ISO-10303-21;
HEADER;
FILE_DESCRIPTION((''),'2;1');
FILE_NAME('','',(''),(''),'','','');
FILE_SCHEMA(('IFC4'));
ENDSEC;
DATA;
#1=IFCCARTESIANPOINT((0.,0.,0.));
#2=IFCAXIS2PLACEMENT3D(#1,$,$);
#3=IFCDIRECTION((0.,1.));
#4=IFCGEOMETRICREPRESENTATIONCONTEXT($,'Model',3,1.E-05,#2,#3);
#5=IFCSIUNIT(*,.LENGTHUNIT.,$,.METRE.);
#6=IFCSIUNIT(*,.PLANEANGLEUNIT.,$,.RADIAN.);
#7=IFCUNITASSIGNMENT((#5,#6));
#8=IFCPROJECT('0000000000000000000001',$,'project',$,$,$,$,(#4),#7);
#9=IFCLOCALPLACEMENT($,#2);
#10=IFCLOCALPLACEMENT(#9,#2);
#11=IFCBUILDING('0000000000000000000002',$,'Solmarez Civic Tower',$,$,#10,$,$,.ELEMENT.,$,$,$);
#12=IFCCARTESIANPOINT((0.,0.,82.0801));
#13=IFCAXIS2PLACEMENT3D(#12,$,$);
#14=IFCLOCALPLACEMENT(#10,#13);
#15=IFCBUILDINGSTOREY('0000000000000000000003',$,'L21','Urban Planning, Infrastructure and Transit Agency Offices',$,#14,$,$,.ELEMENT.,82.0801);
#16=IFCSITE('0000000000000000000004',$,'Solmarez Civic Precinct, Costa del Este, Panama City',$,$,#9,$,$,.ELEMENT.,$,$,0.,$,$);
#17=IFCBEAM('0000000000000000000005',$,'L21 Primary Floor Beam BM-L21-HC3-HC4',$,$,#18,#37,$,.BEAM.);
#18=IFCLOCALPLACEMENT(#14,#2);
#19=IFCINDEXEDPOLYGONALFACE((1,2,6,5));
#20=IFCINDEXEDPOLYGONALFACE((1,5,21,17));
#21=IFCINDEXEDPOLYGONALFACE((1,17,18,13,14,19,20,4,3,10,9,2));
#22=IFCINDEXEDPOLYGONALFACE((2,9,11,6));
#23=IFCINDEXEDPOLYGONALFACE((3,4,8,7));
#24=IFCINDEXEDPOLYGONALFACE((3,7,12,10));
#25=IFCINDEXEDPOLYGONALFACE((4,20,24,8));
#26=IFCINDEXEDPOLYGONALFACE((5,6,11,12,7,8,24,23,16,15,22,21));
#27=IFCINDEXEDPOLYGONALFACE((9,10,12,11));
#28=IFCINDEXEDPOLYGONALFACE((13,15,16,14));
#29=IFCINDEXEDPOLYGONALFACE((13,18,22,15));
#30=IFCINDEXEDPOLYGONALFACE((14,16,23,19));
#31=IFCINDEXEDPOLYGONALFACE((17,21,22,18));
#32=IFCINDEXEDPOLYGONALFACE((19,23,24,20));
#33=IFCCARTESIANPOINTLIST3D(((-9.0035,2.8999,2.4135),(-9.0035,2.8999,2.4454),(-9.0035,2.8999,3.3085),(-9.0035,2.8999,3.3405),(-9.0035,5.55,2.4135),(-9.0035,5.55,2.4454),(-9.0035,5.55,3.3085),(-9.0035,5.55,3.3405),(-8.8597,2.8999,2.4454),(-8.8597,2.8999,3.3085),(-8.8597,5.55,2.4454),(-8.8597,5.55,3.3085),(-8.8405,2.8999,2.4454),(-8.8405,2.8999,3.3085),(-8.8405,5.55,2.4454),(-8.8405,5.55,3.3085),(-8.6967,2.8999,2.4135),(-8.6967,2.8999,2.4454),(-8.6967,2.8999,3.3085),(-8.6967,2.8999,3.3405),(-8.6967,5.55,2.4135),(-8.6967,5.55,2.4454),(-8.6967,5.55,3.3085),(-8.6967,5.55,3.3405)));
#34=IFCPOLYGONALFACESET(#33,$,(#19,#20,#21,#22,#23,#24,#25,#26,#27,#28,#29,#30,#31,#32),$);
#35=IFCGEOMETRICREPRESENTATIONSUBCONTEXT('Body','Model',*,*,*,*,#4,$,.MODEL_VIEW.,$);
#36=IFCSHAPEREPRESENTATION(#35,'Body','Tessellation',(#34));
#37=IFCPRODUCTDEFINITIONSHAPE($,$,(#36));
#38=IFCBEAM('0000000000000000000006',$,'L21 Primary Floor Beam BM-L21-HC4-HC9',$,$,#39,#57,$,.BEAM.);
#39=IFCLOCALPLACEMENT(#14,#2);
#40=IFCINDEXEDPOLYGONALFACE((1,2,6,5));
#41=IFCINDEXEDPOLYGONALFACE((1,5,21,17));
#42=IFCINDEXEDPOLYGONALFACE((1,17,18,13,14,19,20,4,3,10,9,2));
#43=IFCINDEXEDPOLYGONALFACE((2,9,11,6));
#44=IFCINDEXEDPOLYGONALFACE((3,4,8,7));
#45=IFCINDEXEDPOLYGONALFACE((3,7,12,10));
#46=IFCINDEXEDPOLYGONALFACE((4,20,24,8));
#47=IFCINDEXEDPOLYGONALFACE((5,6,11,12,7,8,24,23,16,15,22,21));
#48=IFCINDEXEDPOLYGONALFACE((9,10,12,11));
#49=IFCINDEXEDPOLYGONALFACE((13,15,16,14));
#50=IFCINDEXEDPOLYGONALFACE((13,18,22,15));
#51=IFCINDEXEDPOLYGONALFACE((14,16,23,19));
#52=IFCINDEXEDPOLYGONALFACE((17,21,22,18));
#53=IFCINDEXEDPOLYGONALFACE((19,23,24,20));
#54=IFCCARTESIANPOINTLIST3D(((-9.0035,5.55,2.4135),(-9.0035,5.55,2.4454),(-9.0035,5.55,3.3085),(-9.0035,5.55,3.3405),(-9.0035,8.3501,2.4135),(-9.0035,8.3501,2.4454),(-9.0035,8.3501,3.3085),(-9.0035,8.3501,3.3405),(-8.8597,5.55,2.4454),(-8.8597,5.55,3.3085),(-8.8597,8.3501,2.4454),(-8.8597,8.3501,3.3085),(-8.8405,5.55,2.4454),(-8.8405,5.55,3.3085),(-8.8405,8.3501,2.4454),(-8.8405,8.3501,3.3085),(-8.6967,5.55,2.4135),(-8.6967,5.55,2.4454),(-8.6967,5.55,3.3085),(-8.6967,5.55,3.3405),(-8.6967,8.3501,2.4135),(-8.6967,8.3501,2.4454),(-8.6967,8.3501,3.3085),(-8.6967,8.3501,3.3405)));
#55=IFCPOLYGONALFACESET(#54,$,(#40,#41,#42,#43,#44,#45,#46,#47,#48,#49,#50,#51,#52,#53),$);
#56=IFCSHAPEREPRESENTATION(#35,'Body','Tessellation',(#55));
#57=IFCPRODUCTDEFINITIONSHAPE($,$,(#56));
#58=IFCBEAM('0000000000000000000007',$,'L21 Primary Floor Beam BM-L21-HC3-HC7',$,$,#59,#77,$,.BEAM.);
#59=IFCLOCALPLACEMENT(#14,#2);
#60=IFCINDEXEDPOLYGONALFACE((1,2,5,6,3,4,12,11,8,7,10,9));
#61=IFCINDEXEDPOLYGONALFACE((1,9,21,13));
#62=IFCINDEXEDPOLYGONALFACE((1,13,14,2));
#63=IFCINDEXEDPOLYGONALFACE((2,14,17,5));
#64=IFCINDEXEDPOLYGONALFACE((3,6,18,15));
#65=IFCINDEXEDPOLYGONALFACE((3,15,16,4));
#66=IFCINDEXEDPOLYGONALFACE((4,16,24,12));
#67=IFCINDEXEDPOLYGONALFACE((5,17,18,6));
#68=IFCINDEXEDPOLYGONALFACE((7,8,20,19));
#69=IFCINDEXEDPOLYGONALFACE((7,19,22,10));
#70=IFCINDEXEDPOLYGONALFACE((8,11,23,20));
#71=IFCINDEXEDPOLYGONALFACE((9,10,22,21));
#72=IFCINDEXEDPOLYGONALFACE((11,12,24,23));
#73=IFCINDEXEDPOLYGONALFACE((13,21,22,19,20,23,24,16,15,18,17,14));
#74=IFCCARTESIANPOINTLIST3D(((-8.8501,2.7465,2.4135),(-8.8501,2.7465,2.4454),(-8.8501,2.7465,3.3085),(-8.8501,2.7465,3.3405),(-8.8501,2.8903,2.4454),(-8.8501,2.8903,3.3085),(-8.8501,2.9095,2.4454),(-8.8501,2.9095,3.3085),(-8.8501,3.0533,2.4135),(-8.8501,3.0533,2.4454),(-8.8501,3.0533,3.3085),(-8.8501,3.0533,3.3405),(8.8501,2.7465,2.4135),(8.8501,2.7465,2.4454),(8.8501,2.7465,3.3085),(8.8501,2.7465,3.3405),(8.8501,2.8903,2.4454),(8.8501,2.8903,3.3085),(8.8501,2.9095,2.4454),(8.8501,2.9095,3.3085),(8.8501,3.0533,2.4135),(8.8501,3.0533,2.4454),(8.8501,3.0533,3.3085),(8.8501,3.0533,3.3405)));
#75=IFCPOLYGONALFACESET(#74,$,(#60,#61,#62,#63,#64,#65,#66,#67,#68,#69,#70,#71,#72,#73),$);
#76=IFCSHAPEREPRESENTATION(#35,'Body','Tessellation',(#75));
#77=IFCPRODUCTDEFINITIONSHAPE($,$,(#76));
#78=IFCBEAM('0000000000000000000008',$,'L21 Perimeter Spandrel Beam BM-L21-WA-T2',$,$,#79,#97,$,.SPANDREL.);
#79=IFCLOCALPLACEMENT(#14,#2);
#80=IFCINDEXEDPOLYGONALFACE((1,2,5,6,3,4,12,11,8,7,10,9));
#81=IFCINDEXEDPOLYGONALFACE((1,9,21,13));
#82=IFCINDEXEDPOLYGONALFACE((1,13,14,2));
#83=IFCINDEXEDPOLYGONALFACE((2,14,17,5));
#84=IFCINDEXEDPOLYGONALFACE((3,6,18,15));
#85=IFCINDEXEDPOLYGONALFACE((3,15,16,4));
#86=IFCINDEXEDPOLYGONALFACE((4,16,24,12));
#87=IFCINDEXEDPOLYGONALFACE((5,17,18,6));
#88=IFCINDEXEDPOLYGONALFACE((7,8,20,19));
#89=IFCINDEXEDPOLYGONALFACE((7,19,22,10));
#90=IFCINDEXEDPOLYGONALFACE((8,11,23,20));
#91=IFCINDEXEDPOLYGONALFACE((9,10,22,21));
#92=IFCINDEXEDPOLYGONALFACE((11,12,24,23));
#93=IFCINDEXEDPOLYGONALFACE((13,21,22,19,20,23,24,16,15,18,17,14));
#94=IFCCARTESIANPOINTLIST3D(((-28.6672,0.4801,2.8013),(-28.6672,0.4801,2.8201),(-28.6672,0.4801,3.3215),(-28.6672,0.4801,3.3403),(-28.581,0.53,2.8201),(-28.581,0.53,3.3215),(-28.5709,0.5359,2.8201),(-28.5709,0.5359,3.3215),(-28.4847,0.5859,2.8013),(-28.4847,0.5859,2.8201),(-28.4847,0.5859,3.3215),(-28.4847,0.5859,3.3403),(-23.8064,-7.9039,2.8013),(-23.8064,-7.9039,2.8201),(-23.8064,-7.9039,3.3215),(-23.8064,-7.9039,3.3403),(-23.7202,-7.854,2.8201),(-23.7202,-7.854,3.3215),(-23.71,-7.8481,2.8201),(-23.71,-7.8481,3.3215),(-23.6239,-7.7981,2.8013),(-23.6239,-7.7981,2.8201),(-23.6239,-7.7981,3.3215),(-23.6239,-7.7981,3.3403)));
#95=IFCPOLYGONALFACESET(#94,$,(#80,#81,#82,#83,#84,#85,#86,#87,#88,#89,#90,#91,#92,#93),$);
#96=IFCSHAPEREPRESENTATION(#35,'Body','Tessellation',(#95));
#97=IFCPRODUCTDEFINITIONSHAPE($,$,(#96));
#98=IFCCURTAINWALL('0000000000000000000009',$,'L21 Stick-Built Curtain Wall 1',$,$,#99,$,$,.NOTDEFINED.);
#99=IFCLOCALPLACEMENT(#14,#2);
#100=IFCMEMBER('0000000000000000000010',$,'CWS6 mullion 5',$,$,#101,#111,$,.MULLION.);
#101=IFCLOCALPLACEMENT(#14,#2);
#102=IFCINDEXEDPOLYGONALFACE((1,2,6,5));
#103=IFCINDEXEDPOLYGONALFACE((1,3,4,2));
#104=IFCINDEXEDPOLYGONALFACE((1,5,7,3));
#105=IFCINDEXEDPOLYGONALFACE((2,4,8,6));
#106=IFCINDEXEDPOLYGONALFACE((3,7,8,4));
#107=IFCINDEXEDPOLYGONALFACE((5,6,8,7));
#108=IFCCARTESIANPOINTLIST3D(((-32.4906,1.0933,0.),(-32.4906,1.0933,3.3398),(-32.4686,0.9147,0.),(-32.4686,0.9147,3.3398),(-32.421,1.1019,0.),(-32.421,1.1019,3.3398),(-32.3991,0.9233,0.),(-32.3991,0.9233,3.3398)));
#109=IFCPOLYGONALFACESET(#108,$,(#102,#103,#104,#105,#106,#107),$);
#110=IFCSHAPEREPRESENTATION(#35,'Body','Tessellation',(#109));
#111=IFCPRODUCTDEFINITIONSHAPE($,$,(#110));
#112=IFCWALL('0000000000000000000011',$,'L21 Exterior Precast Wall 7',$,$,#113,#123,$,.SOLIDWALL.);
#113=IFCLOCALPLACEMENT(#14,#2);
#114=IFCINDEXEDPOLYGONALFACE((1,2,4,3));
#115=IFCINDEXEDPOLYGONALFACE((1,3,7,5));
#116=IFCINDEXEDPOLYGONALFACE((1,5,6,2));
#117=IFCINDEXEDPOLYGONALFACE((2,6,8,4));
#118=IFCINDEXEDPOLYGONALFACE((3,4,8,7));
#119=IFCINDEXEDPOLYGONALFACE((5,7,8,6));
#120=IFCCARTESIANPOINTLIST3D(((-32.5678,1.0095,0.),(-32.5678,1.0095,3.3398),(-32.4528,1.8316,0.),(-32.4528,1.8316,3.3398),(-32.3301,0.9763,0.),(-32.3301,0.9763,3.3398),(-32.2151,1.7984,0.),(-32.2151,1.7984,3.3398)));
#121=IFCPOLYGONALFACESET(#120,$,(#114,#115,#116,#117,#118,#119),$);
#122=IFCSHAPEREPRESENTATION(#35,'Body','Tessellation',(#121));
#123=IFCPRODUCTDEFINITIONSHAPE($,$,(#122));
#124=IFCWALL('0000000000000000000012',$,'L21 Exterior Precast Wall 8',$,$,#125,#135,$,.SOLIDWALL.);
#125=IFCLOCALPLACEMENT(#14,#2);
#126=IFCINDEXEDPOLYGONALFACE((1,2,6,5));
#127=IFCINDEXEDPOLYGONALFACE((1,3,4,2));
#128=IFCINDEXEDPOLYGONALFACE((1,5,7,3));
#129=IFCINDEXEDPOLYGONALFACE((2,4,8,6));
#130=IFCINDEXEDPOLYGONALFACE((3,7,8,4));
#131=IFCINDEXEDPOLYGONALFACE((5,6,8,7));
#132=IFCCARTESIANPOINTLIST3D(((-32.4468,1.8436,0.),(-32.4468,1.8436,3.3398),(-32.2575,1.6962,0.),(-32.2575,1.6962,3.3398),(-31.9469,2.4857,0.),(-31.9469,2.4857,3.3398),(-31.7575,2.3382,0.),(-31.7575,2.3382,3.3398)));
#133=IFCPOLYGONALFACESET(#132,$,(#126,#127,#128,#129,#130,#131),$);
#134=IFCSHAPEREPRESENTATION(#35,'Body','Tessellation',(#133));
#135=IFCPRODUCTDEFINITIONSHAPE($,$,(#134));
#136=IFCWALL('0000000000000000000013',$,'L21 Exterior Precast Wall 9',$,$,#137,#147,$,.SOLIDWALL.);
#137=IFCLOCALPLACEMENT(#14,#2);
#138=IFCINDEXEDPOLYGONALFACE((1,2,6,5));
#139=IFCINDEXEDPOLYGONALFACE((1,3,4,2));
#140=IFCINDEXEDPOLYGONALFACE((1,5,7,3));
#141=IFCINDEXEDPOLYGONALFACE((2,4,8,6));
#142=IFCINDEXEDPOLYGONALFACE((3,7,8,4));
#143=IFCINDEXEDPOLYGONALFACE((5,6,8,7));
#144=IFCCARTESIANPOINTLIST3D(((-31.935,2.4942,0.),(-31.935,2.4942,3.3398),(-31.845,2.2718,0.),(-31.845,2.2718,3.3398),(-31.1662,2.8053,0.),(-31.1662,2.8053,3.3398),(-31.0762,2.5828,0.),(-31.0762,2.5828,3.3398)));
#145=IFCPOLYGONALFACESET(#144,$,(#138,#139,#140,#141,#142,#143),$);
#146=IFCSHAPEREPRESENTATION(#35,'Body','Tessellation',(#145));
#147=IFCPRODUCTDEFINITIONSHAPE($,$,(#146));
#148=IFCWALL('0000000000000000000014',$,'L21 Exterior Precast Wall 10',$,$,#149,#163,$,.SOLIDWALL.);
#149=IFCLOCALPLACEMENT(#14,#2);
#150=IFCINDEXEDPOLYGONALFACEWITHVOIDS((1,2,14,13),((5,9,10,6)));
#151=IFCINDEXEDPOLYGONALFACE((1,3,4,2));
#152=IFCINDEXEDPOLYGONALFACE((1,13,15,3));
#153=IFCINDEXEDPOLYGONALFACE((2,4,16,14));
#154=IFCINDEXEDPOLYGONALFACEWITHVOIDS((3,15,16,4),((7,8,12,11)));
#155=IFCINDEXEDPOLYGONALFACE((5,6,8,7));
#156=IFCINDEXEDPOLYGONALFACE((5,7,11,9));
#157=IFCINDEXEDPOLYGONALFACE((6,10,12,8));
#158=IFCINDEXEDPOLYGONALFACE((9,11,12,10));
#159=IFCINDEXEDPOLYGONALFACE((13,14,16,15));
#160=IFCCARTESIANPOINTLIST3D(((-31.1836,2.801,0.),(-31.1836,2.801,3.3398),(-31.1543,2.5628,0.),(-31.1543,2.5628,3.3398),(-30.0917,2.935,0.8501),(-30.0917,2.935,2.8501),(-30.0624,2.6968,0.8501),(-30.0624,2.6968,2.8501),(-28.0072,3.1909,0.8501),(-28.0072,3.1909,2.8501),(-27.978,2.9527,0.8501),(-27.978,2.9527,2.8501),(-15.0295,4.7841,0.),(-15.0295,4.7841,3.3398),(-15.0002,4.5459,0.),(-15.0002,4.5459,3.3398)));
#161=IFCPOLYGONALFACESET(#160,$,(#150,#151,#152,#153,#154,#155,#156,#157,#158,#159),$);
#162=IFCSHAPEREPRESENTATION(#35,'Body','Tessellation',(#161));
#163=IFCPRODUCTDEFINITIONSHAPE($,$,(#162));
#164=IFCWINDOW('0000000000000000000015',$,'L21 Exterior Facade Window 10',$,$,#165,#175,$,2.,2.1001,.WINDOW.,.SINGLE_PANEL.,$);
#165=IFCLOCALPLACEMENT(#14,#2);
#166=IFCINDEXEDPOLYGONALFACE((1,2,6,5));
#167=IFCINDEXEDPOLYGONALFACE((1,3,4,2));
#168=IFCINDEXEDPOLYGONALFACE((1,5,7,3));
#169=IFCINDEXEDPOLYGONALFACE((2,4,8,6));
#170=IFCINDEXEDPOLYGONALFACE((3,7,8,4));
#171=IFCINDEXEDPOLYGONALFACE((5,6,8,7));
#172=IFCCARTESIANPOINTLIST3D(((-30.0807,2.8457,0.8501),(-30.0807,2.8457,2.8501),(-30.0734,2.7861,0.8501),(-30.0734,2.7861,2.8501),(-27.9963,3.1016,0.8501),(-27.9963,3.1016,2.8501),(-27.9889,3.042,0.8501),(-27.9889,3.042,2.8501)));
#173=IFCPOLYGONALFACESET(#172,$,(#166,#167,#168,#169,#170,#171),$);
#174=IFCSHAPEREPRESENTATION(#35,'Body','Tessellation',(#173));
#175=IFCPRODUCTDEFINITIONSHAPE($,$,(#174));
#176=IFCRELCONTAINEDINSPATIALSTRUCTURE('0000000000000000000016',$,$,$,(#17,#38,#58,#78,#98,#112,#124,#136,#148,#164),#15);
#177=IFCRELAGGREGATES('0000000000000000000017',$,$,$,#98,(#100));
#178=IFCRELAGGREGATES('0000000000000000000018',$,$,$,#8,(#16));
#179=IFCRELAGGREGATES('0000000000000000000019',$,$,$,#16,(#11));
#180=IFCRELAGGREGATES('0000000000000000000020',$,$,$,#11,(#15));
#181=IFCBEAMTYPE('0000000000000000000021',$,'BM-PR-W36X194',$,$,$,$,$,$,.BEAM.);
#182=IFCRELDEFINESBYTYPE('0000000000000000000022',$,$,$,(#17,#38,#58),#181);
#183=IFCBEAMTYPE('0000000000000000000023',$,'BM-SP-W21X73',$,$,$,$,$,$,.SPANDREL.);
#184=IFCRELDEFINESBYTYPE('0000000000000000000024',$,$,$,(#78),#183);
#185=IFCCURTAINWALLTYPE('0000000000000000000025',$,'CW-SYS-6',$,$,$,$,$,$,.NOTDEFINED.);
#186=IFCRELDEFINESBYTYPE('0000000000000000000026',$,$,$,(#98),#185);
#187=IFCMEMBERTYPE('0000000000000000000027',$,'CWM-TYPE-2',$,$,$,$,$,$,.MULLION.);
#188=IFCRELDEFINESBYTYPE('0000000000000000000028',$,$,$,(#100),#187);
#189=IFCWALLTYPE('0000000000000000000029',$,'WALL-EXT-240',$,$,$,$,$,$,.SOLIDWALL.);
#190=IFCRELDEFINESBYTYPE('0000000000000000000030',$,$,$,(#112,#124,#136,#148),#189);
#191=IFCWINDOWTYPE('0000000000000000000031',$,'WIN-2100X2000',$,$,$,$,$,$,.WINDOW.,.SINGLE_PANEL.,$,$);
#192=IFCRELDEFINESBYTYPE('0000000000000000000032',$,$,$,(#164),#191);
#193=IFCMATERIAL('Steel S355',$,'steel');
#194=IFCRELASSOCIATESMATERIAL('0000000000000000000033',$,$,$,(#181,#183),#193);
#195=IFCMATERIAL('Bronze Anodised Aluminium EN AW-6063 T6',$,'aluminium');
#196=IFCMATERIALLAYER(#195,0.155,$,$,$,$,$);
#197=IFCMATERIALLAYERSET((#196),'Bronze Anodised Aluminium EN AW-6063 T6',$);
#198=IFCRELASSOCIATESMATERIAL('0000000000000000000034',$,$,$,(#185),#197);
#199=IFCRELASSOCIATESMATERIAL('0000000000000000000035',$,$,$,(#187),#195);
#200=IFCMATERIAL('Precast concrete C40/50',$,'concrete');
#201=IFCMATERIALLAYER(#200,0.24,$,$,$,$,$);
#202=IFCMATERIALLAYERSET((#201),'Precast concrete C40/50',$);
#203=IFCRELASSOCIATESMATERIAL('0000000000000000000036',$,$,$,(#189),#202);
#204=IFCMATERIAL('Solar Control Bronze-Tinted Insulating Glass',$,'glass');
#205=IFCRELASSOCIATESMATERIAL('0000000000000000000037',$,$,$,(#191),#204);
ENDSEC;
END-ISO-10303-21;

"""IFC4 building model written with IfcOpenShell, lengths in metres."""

from ifc_helpers import new_model, si_unit, direction, frame, frame_2d, origin, origin_2d, place, context, subcontext, project, spatial, rectangle, i_section, extrude, material, layer, layer_set, material_profile, profile_set, type_object, element, fill, aggregate, save


model = new_model("IFC4")

# Units and contexts
model_context = context("Model", 3, precision=1e-05, world=origin(), true_north=direction((0.0, 1.0)))
body_context = subcontext(model_context, "Body", "Model", "MODEL_VIEW")
ifc_project = project(units=[si_unit("LENGTHUNIT", "METRE"), si_unit("PLANEANGLEUNIT", "RADIAN")], contexts=[model_context])

# Site, building, storey
site_placement = place(None, origin())
site = spatial("IfcSite", under=ifc_project, at=site_placement, Name="Solmarez Civic Precinct, Costa del Este, Panama City", CompositionType="ELEMENT", RefElevation=0.0)
building_placement = place(site_placement, origin())
building = spatial("IfcBuilding", under=site, at=building_placement, Name="Solmarez Civic Tower", CompositionType="ELEMENT")
storey_placement = place(building_placement, frame((0.0, 0.0, 82.0801)))
storey = spatial("IfcBuildingStorey", under=building, at=storey_placement, Name="L21", Description="Urban Planning, Infrastructure and Transit Agency Offices", CompositionType="ELEMENT", Elevation=82.0801)

# Beams
ifc_material_1 = material(Name="Steel S355", Category="steel")
ifc_material_profile_1 = material_profile(ifc_material_1, i_section(OverallWidth=0.3069, OverallDepth=0.927, WebThickness=0.0193, FlangeThickness=0.032, at=origin_2d()), Name="W36X194")
ifc_profile_set_1 = profile_set([ifc_material_profile_1], Name="Steel S355")
beam_type_1 = type_object("IfcBeamType", Name="BM-PR-W36X194", PredefinedType="BEAM", material=ifc_profile_set_1)
beam_1_placement = place(storey_placement, frame((-8.8501, 2.8999, 2.877), z_axis=(0.0, 1.0, 0.0), x_axis=(-1.0, 0.0, 0.0)))
element("IfcBeam", 1, at=beam_1_placement, inside=storey, type_object=beam_type_1, Name="L21 Primary Floor Beam BM-L21-HC3-HC4", PredefinedType="BEAM", context=body_context, shape_type="SweptSolid", body=[
    extrude(i_section(OverallWidth=0.3069, OverallDepth=0.927, WebThickness=0.0193, FlangeThickness=0.032, at=origin_2d()), origin(), (0.0, 0.0, 1.0), 2.6501),
])
beam_2_placement = place(storey_placement, frame((-8.8501, 5.55, 2.877), z_axis=(0.0, 1.0, 0.0), x_axis=(-1.0, 0.0, 0.0)))
element("IfcBeam", 2, at=beam_2_placement, inside=storey, type_object=beam_type_1, Name="L21 Primary Floor Beam BM-L21-HC4-HC9", PredefinedType="BEAM", context=body_context, shape_type="SweptSolid", body=[
    extrude(i_section(OverallWidth=0.3069, OverallDepth=0.927, WebThickness=0.0193, FlangeThickness=0.032, at=origin_2d()), origin(), (0.0, 0.0, 1.0), 2.8),
])
beam_3_placement = place(storey_placement, frame((-8.8501, 2.8999, 2.877), z_axis=(1.0, 0.0, 0.0), x_axis=(0.0, 1.0, 0.0)))
element("IfcBeam", 3, at=beam_3_placement, inside=storey, type_object=beam_type_1, Name="L21 Primary Floor Beam BM-L21-HC3-HC7", PredefinedType="BEAM", context=body_context, shape_type="SweptSolid", body=[
    extrude(i_section(OverallWidth=0.3069, OverallDepth=0.927, WebThickness=0.0193, FlangeThickness=0.032, at=origin_2d()), origin(), (0.0, 0.0, 1.0), 17.7002),
])
ifc_material_profile_2 = material_profile(ifc_material_1, i_section(OverallWidth=0.2109, OverallDepth=0.5391, WebThickness=0.0117, FlangeThickness=0.0188, at=origin_2d()), Name="W21X73")
ifc_profile_set_2 = profile_set([ifc_material_profile_2], Name="Steel S355")
beam_type_2 = type_object("IfcBeamType", Name="BM-SP-W21X73", PredefinedType="SPANDREL", material=ifc_profile_set_2)
beam_4_placement = place(storey_placement, frame((-28.5759, 0.533, 3.0708), z_axis=(0.501571, -0.865116, 0.0), x_axis=(0.865116, 0.501571, 0.0)))
element("IfcBeam", 4, at=beam_4_placement, inside=storey, type_object=beam_type_2, Name="L21 Perimeter Spandrel Beam BM-L21-WA-T2", PredefinedType="SPANDREL", context=body_context, shape_type="SweptSolid", body=[
    extrude(i_section(OverallWidth=0.2109, OverallDepth=0.5391, WebThickness=0.0117, FlangeThickness=0.0188, at=origin_2d()), origin(), (0.0, 0.0, 1.0), 9.6912),
])

# Curtain wall, member
ifc_material_2 = material(Name="Bronze Anodised Aluminium EN AW-6063 T6", Category="aluminium")
ifc_layer_1 = layer(ifc_material_2, 0.155)
ifc_layer_set_1 = layer_set([ifc_layer_1], Name="Bronze Anodised Aluminium EN AW-6063 T6")
curtain_wall_type = type_object("IfcCurtainWallType", Name="CW-SYS-6", PredefinedType="NOTDEFINED", material=ifc_layer_set_1)
curtain_wall_placement = place(storey_placement, origin())
curtain_wall = element("IfcCurtainWall", 5, at=curtain_wall_placement, inside=storey, type_object=curtain_wall_type, Name="L21 Stick-Built Curtain Wall 1", PredefinedType="NOTDEFINED")
ifc_material_profile_3 = material_profile(ifc_material_2, rectangle(XDim=0.0701, YDim=0.1799, at=origin_2d()), Name="CWM-70X180")
ifc_profile_set_3 = profile_set([ifc_material_profile_3], Name="Bronze Anodised Aluminium EN AW-6063 T6")
member_type = type_object("IfcMemberType", Name="CWM-TYPE-2", PredefinedType="MULLION", material=ifc_profile_set_3)
member_placement = place(storey_placement, frame((-32.4448, 1.0083, 0.0), z_axis=(0.0, 0.0, 1.0), x_axis=(-0.992549, -0.121849, 0.0)))
member = element("IfcMember", 6, at=member_placement, type_object=member_type, Name="CWS6 mullion 5", PredefinedType="MULLION", context=body_context, shape_type="SweptSolid", body=[
    extrude(rectangle(XDim=0.0701, YDim=0.1799, at=origin_2d()), origin(), (0.0, 0.0, 1.0), 3.3398),
])
aggregate(curtain_wall, [member])

# Walls
ifc_material_3 = material(Name="Precast concrete C40/50", Category="concrete")
ifc_layer_2 = layer(ifc_material_3, 0.24)
ifc_layer_set_2 = layer_set([ifc_layer_2], Name="Precast concrete C40/50")
wall_type_1 = type_object("IfcWallType", Name="WALL-EXT-240", PredefinedType="SOLIDWALL", material=ifc_layer_set_2)
wall_1_placement = place(storey_placement, frame((-32.449, 0.9929, 0.0), z_axis=(0.0, 0.0, 1.0), x_axis=(0.138538, 0.990357, 0.0)))
element("IfcWall", 7, at=wall_1_placement, inside=storey, type_object=wall_type_1, Name="L21 Exterior Precast Wall 7", PredefinedType="SOLIDWALL", context=body_context, shape_type="SweptSolid", body=[
    extrude(rectangle(XDim=0.8301, YDim=0.24, at=frame_2d((0.415, 0.0))), origin(), (0.0, 0.0, 1.0), 3.3398),
])
wall_2_placement = place(storey_placement, frame((-32.3521, 1.77, 0.0), z_axis=(0.0, 0.0, 1.0), x_axis=(0.614397, 0.788997, 0.0)))
element("IfcWall", 8, at=wall_2_placement, inside=storey, type_object=wall_type_1, Name="L21 Exterior Precast Wall 8", PredefinedType="SOLIDWALL", context=body_context, shape_type="SweptSolid", body=[
    extrude(rectangle(XDim=0.8137, YDim=0.24, at=frame_2d((0.4067, 0.0))), origin(), (0.0, 0.0, 1.0), 3.3398),
])
wall_3_placement = place(storey_placement, frame((-31.8899, 2.3831, 0.0), z_axis=(0.0, 0.0, 1.0), x_axis=(0.927008, 0.375042, 0.0)))
element("IfcWall", 9, at=wall_3_placement, inside=storey, type_object=wall_type_1, Name="L21 Exterior Precast Wall 9", PredefinedType="SOLIDWALL", context=body_context, shape_type="SweptSolid", body=[
    extrude(rectangle(XDim=0.8293, YDim=0.24, at=frame_2d((0.4146, 0.0))), origin(), (0.0, 0.0, 1.0), 3.3398),
])

# Wall, opening, window
wall_4_placement = place(storey_placement, frame((-31.1689, 2.6819, 0.0), z_axis=(0.0, 0.0, 1.0), x_axis=(0.992548, 0.12185, 0.0)))
wall_4 = element("IfcWall", 10, at=wall_4_placement, inside=storey, type_object=wall_type_1, Name="L21 Exterior Precast Wall 10", PredefinedType="SOLIDWALL", context=body_context, shape_type="SweptSolid", body=[
    extrude(rectangle(XDim=16.2754, YDim=0.24, at=frame_2d((8.1377, 0.0))), origin(), (0.0, 0.0, 1.0), 3.3398),
])
opening_placement = place(wall_4_placement, frame((1.1001, 0.0, 0.8501)))
opening = element("IfcOpeningElement", 11, at=opening_placement, cuts=wall_4, PredefinedType="OPENING", context=body_context, shape_type="SweptSolid", body=[
    extrude(rectangle(XDim=2.1001, YDim=2.0, at=frame_2d((1.05, 1.0))), frame((0.0, 0.1299, 0.0), z_axis=(0.0, -1.0, 0.0), x_axis=(1.0, 0.0, 0.0)), (0.0, 0.0, 1.0), 0.26),
])
ifc_material_4 = material(Name="Solar Control Bronze-Tinted Insulating Glass", Category="glass")
window_type = type_object("IfcWindowType", Name="WIN-2100X2000", PartitioningType="SINGLE_PANEL", PredefinedType="WINDOW", material=ifc_material_4)
window_placement = place(opening_placement, origin())
window = element("IfcWindow", 12, at=window_placement, inside=storey, type_object=window_type, Name="L21 Exterior Facade Window 10", OverallHeight=2.0, OverallWidth=2.1001, PartitioningType="SINGLE_PANEL", PredefinedType="WINDOW", context=body_context, shape_type="SweptSolid", body=[
    extrude(rectangle(XDim=2.1001, YDim=2.0, at=frame_2d((1.05, 1.0))), frame((0.0, 0.03, 0.0), z_axis=(0.0, -1.0, 0.0), x_axis=(1.0, 0.0, 0.0)), (0.0, 0.0, 1.0), 0.0601),
])
fill(opening, window)

save(model, "model.ifc")
